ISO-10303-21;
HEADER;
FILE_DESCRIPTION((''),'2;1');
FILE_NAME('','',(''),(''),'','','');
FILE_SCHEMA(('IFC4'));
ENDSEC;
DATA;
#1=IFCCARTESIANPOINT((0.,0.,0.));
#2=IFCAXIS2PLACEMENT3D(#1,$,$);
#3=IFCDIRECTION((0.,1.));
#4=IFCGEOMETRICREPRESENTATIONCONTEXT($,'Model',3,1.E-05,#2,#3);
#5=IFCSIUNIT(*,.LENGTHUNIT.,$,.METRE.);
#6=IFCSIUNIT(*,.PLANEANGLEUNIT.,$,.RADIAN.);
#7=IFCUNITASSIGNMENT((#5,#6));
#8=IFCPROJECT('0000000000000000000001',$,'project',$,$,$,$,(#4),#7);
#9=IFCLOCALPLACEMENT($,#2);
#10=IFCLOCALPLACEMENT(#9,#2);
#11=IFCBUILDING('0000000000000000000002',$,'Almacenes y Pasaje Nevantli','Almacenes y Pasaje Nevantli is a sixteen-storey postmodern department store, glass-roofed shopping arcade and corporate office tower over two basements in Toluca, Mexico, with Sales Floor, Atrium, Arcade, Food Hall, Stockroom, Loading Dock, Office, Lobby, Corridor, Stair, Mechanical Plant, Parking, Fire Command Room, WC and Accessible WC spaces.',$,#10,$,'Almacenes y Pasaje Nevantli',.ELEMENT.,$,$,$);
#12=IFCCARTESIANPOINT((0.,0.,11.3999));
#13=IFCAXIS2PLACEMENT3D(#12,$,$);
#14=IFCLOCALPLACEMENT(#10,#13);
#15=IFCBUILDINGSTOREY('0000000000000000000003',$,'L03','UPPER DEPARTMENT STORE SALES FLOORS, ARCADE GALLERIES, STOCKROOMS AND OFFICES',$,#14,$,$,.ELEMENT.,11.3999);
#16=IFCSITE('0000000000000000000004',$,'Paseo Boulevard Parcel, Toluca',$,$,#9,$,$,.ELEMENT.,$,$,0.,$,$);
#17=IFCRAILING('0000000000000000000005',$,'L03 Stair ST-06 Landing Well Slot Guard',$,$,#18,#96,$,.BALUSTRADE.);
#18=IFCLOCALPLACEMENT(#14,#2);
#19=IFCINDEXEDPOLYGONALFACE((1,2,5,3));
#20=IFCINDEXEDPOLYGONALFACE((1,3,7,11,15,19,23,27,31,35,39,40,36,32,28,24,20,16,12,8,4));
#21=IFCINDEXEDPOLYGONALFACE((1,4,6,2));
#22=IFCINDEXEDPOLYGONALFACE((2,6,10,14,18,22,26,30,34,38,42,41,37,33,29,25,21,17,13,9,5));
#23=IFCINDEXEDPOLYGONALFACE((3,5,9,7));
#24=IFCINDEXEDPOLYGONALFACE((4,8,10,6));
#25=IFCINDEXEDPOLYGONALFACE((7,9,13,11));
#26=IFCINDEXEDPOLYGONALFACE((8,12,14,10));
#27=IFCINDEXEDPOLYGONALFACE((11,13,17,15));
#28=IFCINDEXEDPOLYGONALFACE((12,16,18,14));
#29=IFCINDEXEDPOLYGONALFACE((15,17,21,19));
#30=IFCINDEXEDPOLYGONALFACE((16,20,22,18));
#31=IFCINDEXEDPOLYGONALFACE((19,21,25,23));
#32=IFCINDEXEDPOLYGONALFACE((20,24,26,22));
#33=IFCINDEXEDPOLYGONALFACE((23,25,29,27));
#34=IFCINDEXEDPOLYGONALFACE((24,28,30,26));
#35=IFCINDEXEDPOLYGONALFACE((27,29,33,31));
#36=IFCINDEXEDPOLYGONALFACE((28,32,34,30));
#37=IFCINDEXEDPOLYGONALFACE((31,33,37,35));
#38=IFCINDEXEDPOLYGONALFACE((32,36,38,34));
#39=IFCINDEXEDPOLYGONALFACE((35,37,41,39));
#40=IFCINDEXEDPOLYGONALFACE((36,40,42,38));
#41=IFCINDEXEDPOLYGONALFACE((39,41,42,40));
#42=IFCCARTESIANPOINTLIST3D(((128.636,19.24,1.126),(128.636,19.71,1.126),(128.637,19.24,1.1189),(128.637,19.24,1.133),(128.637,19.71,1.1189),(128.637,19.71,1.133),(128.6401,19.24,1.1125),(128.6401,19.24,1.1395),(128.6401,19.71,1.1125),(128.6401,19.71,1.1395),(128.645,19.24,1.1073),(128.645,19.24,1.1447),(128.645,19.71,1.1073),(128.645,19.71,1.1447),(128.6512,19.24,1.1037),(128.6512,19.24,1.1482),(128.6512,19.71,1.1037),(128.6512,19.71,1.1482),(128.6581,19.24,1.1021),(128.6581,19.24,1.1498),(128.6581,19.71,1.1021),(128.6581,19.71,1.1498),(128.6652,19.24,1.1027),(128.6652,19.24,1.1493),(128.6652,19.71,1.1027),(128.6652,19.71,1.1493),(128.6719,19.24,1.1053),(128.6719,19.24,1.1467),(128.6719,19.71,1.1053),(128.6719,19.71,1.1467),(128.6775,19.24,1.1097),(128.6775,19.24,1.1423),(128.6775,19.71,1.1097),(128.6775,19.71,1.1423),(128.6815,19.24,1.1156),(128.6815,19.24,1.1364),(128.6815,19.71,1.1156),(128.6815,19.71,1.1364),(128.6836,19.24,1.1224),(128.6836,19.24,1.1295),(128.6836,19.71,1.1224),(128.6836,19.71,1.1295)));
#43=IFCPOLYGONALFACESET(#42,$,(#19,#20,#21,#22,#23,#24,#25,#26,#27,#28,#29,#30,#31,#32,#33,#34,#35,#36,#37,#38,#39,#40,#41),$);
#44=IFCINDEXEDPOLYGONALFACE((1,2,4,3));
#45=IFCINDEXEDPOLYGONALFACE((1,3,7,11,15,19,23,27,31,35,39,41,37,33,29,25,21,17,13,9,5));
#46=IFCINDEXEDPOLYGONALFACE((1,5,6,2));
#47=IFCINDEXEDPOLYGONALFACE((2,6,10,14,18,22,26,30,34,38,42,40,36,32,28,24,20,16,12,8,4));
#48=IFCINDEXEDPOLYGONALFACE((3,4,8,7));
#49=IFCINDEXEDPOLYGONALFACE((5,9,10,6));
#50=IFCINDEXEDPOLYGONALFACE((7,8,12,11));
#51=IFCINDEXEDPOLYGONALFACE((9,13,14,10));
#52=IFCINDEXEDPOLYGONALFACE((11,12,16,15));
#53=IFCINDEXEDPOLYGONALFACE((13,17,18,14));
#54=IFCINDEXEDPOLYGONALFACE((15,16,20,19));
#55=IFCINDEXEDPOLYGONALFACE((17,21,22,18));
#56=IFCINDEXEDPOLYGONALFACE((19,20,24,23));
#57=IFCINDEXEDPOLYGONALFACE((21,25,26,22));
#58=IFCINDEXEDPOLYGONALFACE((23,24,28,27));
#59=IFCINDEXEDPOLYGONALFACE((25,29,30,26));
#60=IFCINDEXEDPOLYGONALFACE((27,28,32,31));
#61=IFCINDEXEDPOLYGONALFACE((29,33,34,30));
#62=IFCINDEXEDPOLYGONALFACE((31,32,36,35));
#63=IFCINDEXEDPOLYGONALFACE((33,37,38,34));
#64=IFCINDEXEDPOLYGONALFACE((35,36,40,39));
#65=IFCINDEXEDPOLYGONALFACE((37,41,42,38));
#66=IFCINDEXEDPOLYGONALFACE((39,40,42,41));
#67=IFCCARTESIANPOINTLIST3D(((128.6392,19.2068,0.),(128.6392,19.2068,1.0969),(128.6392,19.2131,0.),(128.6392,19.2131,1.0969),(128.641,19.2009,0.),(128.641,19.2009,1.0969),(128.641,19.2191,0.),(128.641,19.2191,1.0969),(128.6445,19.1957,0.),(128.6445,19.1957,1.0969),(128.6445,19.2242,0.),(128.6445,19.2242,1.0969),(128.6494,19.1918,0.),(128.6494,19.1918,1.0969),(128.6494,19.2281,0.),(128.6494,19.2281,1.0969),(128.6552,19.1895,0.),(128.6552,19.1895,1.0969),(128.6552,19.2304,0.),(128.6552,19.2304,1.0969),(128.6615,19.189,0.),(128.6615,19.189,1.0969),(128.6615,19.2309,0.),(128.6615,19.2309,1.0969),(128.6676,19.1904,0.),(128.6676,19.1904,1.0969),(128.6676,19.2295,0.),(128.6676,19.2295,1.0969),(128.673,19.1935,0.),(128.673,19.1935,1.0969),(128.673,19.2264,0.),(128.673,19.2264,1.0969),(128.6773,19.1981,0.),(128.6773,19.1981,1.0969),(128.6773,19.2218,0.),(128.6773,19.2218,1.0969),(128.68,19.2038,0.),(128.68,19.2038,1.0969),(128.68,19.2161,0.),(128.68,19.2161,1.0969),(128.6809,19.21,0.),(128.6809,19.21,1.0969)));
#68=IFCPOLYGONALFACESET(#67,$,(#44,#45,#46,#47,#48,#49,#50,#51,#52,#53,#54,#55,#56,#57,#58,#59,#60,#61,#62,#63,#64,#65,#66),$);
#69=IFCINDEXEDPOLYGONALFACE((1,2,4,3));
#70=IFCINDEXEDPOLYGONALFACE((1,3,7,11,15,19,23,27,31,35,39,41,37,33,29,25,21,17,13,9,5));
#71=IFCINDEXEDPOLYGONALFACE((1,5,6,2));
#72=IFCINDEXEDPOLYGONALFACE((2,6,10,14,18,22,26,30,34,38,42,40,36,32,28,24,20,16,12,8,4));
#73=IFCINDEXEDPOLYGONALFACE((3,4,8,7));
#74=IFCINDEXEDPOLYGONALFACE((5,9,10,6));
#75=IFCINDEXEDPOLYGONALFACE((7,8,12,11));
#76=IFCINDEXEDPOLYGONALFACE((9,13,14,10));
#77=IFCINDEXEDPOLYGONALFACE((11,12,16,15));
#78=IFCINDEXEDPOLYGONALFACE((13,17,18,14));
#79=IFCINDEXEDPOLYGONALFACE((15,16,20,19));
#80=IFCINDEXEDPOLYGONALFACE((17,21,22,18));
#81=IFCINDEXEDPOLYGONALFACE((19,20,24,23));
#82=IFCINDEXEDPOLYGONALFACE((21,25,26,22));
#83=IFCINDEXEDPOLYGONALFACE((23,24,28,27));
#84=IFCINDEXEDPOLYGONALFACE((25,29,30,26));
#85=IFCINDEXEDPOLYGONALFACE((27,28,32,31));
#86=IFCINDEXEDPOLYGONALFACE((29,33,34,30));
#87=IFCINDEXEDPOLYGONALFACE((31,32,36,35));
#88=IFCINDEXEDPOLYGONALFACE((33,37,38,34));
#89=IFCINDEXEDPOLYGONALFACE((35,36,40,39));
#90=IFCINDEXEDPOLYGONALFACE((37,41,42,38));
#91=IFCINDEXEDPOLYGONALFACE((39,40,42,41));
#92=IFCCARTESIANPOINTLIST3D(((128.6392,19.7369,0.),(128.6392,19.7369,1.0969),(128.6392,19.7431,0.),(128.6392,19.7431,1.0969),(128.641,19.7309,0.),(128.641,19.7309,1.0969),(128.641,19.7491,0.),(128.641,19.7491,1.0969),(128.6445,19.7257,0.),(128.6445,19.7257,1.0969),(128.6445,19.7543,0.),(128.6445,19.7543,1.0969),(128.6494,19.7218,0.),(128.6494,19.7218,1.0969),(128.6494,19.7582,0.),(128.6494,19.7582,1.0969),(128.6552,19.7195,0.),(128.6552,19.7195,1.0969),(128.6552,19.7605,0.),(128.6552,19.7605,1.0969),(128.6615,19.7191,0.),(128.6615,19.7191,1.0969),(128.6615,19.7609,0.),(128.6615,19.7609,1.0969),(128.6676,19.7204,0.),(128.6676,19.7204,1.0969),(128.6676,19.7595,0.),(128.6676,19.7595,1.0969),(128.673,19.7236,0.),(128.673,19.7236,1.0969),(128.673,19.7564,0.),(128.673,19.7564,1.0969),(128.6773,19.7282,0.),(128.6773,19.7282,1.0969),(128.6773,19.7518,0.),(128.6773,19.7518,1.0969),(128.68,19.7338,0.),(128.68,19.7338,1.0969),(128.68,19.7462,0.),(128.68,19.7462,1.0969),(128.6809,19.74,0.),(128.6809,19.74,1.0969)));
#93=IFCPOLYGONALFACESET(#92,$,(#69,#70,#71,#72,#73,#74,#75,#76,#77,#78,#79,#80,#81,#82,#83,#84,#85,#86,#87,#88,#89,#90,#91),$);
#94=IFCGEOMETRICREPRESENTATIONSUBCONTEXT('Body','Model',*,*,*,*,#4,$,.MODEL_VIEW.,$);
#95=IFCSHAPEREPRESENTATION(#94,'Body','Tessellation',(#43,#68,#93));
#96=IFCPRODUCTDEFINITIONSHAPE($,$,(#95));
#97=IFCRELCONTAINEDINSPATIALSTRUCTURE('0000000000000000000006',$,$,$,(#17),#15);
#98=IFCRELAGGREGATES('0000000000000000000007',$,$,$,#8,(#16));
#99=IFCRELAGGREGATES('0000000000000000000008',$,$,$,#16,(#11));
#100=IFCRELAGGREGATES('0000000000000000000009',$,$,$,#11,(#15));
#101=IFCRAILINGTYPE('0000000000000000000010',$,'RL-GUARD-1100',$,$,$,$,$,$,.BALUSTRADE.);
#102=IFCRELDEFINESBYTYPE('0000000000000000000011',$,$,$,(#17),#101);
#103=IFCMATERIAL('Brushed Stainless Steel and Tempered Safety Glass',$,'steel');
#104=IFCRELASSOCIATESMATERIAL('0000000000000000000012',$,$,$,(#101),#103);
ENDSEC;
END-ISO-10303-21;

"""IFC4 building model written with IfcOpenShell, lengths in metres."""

from ifc_helpers import new_model, si_unit, direction, frame, origin, origin_2d, place, context, subcontext, project, spatial, circle, extrude, material, type_object, element, save


model = new_model("IFC4")

# Units and contexts
model_context = context("Model", 3, precision=1e-05, world=origin(), true_north=direction((0.0, 1.0)))
body_context = subcontext(model_context, "Body", "Model", "MODEL_VIEW")
ifc_project = project(units=[si_unit("LENGTHUNIT", "METRE"), si_unit("PLANEANGLEUNIT", "RADIAN")], contexts=[model_context])

# Site, building, storey
site_placement = place(None, origin())
site = spatial("IfcSite", under=ifc_project, at=site_placement, Name="Paseo Boulevard Parcel, Toluca", CompositionType="ELEMENT", RefElevation=0.0)
building_placement = place(site_placement, origin())
building = spatial("IfcBuilding", under=site, at=building_placement, Name="Almacenes y Pasaje Nevantli", Description="Almacenes y Pasaje Nevantli is a sixteen-storey postmodern department store, glass-roofed shopping arcade and corporate office tower over two basements in Toluca, Mexico, with Sales Floor, Atrium, Arcade, Food Hall, Stockroom, Loading Dock, Office, Lobby, Corridor, Stair, Mechanical Plant, Parking, Fire Command Room, WC and Accessible WC spaces.", LongName="Almacenes y Pasaje Nevantli", CompositionType="ELEMENT")
storey_placement = place(building_placement, frame((0.0, 0.0, 11.3999)))
storey = spatial("IfcBuildingStorey", under=building, at=storey_placement, Name="L03", Description="UPPER DEPARTMENT STORE SALES FLOORS, ARCADE GALLERIES, STOCKROOMS AND OFFICES", CompositionType="ELEMENT", Elevation=11.3999)

# Railing
ifc_material_1 = material(Name="Brushed Stainless Steel and Tempered Safety Glass", Category="steel")
railing_type_1 = type_object("IfcRailingType", Name="RL-GUARD-1100", PredefinedType="BALUSTRADE", material=ifc_material_1)
railing_1_placement = place(storey_placement, frame((128.6599, 19.21, 0.0)))
element("IfcRailing", 1, at=railing_1_placement, inside=storey, type_object=railing_type_1, Name="L03 Stair ST-06 Landing Well Slot Guard", PredefinedType="BALUSTRADE", context=body_context, shape_type="SweptSolid", body=[
    extrude(circle(Radius=0.0239, at=origin_2d()), frame((0.0, 0.03, 1.126), z_axis=(0.0, 1.0, 0.0), x_axis=(-1.0, 0.0, 0.0)), (0.0, 0.0, 1.0), 0.47),
    extrude(circle(Radius=0.021, at=origin_2d()), origin(), (0.0, 0.0, 1.0), 1.0969),
    extrude(circle(Radius=0.021, at=origin_2d()), frame((0.0, 0.53, 0.0)), (0.0, 0.0, 1.0), 1.0969),
])

save(model, "model.ifc")
